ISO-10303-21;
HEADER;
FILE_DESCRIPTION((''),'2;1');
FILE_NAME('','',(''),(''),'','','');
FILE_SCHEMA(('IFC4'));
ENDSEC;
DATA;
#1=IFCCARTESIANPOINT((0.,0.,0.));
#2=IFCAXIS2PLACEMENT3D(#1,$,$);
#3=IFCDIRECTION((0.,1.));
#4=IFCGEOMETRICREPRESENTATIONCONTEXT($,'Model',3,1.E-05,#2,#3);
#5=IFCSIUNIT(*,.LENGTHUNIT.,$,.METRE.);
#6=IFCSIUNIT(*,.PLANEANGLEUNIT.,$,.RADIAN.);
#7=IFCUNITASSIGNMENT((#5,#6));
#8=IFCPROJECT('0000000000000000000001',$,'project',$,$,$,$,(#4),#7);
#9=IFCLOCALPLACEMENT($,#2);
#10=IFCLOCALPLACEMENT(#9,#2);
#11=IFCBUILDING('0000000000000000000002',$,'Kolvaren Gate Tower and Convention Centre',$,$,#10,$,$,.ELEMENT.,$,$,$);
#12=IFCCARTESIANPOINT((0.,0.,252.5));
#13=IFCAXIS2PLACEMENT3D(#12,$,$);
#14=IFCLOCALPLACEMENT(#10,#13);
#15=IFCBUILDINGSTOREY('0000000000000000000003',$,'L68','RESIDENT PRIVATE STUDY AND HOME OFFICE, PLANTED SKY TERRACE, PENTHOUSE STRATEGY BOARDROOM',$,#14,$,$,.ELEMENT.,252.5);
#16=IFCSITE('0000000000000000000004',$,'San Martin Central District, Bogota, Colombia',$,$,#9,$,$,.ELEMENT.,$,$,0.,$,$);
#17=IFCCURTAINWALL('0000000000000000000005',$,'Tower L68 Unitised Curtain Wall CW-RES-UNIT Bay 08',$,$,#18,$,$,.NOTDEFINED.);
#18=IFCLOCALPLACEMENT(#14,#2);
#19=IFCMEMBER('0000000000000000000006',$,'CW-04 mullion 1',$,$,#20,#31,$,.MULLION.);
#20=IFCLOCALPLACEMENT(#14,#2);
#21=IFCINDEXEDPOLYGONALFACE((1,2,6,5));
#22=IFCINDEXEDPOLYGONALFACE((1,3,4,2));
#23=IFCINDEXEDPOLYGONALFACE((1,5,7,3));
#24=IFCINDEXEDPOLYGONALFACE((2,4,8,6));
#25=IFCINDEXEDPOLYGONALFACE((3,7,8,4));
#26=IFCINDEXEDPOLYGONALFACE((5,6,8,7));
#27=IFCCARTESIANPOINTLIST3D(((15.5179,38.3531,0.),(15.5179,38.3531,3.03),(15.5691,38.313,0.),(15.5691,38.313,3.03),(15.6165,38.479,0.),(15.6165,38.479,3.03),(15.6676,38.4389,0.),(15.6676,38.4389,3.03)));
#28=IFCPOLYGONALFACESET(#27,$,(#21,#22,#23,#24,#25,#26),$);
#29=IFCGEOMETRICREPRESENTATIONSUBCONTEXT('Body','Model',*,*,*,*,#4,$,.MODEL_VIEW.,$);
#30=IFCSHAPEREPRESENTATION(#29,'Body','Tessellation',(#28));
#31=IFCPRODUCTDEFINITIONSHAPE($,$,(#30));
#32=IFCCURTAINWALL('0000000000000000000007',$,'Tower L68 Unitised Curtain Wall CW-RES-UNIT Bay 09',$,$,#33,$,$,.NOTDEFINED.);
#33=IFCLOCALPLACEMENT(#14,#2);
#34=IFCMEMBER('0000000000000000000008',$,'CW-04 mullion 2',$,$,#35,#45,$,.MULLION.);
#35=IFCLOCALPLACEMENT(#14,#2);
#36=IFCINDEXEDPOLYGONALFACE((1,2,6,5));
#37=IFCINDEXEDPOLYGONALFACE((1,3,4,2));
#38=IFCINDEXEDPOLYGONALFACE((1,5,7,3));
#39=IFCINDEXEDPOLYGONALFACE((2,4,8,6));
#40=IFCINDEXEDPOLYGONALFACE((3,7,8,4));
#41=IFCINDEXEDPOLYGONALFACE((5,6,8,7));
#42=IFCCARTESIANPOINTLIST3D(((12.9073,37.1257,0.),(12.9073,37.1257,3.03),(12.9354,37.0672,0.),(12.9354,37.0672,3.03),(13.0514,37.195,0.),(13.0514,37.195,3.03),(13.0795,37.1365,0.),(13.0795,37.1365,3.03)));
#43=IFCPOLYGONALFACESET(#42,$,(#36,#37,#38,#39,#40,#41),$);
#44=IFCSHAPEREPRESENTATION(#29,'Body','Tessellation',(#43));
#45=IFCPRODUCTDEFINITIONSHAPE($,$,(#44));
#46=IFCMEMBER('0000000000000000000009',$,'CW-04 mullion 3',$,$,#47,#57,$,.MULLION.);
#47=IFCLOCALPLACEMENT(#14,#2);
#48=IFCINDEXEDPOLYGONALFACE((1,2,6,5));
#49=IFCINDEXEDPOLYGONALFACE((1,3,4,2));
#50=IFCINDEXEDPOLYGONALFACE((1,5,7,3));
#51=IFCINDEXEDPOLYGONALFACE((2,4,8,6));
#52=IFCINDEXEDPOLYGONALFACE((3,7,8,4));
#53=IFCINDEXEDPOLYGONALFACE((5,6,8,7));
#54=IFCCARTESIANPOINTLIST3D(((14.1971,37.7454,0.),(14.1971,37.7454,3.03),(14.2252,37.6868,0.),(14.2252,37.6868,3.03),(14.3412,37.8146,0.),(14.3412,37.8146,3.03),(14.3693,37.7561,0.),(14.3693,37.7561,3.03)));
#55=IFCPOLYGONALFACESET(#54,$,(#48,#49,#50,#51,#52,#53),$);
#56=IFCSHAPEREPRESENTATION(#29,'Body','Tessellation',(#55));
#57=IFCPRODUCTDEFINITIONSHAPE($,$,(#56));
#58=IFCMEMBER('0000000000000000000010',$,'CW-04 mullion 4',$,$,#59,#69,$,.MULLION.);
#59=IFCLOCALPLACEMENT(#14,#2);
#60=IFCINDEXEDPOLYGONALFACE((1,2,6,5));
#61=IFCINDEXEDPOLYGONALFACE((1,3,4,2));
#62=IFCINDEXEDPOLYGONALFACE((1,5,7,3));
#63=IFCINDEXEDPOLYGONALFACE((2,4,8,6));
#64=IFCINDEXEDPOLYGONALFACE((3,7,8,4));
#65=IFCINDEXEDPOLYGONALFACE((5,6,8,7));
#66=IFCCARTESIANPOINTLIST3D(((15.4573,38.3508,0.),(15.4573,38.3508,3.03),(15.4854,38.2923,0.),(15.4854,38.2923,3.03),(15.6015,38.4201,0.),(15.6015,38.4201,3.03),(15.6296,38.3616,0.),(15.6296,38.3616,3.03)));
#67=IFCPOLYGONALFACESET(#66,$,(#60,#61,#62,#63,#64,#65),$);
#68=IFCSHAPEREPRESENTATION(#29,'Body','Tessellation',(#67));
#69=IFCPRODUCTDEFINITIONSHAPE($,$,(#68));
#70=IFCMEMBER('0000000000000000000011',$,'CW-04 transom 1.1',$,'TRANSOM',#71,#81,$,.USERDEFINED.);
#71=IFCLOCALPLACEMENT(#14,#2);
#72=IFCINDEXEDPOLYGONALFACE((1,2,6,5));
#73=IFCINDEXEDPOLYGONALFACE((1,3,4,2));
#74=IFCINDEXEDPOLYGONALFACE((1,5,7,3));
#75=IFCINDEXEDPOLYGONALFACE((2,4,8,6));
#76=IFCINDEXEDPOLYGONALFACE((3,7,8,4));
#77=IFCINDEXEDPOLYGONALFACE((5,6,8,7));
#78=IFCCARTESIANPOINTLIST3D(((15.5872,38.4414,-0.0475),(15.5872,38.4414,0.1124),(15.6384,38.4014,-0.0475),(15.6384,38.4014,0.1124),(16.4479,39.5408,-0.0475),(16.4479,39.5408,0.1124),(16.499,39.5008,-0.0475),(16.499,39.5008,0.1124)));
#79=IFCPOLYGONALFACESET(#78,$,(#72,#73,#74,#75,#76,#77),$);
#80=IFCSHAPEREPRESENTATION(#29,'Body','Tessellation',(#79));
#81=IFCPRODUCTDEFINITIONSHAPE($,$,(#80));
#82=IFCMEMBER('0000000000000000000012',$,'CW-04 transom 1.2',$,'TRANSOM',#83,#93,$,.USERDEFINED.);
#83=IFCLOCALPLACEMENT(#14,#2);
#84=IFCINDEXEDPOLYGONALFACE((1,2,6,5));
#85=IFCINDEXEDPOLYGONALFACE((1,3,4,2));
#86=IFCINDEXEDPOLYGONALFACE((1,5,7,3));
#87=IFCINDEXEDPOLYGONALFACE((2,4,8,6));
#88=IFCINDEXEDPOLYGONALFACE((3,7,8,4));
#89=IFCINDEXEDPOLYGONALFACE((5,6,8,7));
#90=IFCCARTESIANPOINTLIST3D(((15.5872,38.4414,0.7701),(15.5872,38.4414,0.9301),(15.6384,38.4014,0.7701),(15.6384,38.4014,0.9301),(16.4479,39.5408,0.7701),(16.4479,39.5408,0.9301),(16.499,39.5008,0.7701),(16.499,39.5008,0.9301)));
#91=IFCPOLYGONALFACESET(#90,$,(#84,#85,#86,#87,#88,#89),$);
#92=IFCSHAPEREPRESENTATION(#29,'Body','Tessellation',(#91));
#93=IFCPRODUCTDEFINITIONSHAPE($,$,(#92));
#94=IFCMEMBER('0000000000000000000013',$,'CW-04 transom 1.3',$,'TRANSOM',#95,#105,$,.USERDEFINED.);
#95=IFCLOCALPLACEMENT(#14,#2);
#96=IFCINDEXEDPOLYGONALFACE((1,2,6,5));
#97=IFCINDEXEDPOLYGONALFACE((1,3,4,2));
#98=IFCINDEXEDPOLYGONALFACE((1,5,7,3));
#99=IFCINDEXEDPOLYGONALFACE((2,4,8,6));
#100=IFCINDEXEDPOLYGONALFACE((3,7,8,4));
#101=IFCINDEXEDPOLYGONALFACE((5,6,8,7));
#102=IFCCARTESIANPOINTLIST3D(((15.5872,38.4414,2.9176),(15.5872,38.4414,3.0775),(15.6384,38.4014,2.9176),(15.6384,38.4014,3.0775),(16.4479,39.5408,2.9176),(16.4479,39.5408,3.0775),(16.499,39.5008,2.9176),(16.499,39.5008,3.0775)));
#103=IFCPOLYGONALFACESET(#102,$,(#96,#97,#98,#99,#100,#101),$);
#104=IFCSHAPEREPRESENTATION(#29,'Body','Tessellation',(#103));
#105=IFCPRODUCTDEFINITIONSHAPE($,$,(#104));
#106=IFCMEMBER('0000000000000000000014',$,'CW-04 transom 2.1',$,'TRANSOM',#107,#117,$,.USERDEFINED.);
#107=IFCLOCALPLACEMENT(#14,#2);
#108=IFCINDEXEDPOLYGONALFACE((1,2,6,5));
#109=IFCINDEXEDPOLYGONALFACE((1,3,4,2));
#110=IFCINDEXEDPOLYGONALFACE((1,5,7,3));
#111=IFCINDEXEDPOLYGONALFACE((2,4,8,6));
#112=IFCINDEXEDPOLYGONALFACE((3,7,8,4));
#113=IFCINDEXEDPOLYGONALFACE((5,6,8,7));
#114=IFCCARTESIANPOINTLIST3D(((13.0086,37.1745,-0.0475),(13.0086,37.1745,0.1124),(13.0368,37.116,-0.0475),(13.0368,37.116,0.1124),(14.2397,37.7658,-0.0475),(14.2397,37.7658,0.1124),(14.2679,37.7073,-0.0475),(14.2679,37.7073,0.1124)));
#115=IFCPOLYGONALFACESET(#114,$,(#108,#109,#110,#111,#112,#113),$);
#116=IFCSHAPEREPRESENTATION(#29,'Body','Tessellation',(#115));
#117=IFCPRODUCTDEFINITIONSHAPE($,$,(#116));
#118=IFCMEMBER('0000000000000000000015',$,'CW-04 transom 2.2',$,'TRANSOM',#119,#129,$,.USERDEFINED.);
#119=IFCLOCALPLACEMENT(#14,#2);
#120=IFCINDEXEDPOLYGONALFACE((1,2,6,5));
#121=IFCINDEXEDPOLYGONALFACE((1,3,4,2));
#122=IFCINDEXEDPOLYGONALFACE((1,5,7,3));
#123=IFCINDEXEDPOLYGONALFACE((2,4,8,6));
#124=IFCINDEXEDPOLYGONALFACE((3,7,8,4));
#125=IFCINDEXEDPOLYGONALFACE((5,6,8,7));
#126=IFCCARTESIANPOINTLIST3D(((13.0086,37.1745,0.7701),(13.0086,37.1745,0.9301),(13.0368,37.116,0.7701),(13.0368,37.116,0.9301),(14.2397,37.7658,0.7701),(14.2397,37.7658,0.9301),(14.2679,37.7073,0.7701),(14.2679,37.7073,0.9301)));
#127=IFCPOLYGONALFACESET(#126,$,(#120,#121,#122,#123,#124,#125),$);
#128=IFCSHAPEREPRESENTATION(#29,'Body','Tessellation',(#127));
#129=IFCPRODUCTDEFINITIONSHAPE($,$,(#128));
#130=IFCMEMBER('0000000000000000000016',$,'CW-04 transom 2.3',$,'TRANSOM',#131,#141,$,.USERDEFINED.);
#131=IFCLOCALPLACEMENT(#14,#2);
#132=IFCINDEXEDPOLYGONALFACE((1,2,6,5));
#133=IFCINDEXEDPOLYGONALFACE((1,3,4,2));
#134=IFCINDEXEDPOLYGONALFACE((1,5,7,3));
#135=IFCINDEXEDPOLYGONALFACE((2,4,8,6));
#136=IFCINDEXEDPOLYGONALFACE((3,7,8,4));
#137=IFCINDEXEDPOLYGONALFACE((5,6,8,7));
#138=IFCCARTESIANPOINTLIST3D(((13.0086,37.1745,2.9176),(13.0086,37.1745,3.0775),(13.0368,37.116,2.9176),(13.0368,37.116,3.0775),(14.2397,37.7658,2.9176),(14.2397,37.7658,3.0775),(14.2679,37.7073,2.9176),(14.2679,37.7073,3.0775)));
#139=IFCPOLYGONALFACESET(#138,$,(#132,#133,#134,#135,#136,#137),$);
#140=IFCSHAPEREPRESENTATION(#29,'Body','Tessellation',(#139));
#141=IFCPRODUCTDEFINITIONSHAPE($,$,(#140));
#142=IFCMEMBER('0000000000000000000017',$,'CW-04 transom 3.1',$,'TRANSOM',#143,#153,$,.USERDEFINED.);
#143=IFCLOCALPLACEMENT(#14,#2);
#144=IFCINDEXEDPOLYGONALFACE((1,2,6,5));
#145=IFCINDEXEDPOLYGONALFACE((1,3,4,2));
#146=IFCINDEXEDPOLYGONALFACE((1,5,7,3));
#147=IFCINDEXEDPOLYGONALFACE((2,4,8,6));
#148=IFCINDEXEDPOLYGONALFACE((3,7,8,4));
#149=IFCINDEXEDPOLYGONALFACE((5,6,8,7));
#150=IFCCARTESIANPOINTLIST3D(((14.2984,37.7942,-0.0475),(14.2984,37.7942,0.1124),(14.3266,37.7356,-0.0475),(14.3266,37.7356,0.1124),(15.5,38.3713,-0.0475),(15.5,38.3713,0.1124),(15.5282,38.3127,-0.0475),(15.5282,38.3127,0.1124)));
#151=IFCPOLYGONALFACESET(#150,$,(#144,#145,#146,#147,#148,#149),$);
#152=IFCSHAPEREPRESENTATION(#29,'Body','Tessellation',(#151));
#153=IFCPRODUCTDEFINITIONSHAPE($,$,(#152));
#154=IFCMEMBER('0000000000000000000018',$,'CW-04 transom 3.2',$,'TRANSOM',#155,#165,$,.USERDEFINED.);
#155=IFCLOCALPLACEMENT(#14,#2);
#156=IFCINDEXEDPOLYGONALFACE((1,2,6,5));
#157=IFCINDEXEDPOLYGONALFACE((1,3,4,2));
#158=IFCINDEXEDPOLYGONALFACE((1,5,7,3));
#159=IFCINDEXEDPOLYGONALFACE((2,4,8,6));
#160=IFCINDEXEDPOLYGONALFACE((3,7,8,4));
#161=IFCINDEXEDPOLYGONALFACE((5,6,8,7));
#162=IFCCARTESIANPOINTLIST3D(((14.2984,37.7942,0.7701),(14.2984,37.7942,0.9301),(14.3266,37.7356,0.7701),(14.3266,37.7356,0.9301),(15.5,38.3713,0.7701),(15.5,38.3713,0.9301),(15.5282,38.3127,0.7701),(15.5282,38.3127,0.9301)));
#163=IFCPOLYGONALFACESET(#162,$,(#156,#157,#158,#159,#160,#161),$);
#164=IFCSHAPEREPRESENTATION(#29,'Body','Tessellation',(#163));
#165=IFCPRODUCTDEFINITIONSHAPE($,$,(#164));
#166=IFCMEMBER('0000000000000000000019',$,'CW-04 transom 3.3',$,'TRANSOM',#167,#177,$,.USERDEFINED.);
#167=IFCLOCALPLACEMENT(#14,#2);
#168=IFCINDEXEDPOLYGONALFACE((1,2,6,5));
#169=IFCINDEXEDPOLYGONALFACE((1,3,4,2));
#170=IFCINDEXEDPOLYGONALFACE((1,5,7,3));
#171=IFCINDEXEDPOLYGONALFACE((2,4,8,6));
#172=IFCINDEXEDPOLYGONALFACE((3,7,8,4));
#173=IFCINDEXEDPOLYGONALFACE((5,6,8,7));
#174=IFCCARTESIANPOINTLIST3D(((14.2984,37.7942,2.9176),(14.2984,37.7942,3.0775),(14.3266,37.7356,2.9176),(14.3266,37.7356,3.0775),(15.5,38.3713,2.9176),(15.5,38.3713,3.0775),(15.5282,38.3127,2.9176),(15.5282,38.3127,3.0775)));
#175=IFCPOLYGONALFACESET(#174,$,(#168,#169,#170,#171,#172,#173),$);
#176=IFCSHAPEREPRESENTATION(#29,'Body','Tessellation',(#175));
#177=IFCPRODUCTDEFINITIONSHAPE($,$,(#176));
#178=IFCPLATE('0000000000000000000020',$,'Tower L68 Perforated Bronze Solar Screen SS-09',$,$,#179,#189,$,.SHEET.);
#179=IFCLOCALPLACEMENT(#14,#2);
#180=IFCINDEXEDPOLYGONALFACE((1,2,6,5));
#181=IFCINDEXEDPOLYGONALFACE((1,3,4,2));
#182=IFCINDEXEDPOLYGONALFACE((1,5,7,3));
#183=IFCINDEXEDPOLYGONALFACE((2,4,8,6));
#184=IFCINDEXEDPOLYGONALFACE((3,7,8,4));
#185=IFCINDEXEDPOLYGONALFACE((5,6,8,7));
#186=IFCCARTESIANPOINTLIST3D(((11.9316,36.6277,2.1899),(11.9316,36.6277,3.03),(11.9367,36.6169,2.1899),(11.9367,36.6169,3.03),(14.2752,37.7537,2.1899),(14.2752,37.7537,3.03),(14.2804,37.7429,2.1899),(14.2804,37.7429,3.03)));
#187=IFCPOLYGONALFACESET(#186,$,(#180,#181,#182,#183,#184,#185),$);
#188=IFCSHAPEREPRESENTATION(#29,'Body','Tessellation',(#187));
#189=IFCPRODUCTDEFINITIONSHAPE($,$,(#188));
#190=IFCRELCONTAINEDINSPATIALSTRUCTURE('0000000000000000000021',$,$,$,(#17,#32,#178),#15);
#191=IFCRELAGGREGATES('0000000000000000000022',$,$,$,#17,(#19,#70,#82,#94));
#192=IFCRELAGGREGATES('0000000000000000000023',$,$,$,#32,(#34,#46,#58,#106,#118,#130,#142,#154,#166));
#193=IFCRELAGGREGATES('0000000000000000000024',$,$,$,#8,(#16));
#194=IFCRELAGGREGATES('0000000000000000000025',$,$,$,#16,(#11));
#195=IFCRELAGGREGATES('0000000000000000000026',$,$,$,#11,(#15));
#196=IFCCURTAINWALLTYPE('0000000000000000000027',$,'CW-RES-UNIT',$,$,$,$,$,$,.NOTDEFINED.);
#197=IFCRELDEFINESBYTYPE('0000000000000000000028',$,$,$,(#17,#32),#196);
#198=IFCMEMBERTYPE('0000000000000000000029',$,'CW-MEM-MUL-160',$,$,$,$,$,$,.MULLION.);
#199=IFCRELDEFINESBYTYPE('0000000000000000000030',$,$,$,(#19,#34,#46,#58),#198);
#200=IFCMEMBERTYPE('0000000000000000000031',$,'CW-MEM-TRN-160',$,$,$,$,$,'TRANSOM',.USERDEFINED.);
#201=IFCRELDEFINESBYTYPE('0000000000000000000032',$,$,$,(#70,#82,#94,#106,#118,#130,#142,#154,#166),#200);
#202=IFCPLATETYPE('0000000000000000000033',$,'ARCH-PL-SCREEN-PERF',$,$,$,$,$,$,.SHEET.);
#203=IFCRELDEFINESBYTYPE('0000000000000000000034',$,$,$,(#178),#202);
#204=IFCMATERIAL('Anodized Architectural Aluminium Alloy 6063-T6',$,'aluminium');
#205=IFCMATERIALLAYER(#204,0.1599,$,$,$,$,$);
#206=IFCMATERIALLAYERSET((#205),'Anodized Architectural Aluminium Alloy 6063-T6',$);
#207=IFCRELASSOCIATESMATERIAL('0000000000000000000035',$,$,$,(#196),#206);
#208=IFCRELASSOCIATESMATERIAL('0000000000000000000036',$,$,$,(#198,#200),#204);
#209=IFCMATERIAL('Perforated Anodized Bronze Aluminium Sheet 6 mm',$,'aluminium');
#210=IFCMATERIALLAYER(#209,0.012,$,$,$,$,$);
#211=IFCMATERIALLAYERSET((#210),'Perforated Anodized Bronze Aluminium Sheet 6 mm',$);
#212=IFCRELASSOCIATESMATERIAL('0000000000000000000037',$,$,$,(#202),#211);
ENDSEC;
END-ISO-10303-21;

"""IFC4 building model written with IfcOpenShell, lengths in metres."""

from ifc_helpers import new_model, si_unit, direction, frame, origin, origin_2d, place, context, subcontext, project, spatial, rectangle, extrude, material, layer, layer_set, material_profile, profile_set, type_object, element, aggregate, save


model = new_model("IFC4")

# Units and contexts
model_context = context("Model", 3, precision=1e-05, world=origin(), true_north=direction((0.0, 1.0)))
body_context = subcontext(model_context, "Body", "Model", "MODEL_VIEW")
ifc_project = project(units=[si_unit("LENGTHUNIT", "METRE"), si_unit("PLANEANGLEUNIT", "RADIAN")], contexts=[model_context])

# Site, building, storey
site_placement = place(None, origin())
site = spatial("IfcSite", under=ifc_project, at=site_placement, Name="San Martin Central District, Bogota, Colombia", CompositionType="ELEMENT", RefElevation=0.0)
building_placement = place(site_placement, origin())
building = spatial("IfcBuilding", under=site, at=building_placement, Name="Kolvaren Gate Tower and Convention Centre", CompositionType="ELEMENT")
storey_placement = place(building_placement, frame((0.0, 0.0, 252.5)))
storey = spatial("IfcBuildingStorey", under=building, at=storey_placement, Name="L68", Description="RESIDENT PRIVATE STUDY AND HOME OFFICE, PLANTED SKY TERRACE, PENTHOUSE STRATEGY BOARDROOM", CompositionType="ELEMENT", Elevation=252.5)

# Curtain wall, member
ifc_material_1 = material(Name="Anodized Architectural Aluminium Alloy 6063-T6", Category="aluminium")
ifc_layer_1 = layer(ifc_material_1, 0.1599)
ifc_layer_set_1 = layer_set([ifc_layer_1], Name="Anodized Architectural Aluminium Alloy 6063-T6")
curtain_wall_type = type_object("IfcCurtainWallType", Name="CW-RES-UNIT", PredefinedType="NOTDEFINED", material=ifc_layer_set_1)
curtain_wall_1_placement = place(storey_placement, origin())
curtain_wall_1 = element("IfcCurtainWall", 1, at=curtain_wall_1_placement, inside=storey, type_object=curtain_wall_type, Name="Tower L68 Unitised Curtain Wall CW-RES-UNIT Bay 08", PredefinedType="NOTDEFINED")
ifc_material_profile_1 = material_profile(ifc_material_1, rectangle(XDim=0.0649, YDim=0.1599, at=origin_2d()), Name="CW-MEM-MUL-160")
ifc_profile_set_1 = profile_set([ifc_material_profile_1], Name="Anodized Architectural Aluminium Alloy 6063-T6")
member_type_1 = type_object("IfcMemberType", Name="CW-MEM-MUL-160", PredefinedType="MULLION", material=ifc_profile_set_1)
member_1_placement = place(storey_placement, frame((15.5928, 38.396, 0.0), z_axis=(0.0, 0.0, 1.0), x_axis=(-0.787414, 0.616425, 0.0)))
member_1 = element("IfcMember", 2, at=member_1_placement, type_object=member_type_1, Name="CW-04 mullion 1", PredefinedType="MULLION", context=body_context, shape_type="SweptSolid", body=[
    extrude(rectangle(XDim=0.0649, YDim=0.1599, at=origin_2d()), origin(), (0.0, 0.0, 1.0), 3.03),
])

# Curtain wall, members
curtain_wall_2_placement = place(storey_placement, origin())
curtain_wall_2 = element("IfcCurtainWall", 3, at=curtain_wall_2_placement, inside=storey, type_object=curtain_wall_type, Name="Tower L68 Unitised Curtain Wall CW-RES-UNIT Bay 09", PredefinedType="NOTDEFINED")
member_2_placement = place(storey_placement, frame((12.9934, 37.1311, 0.0), z_axis=(0.0, 0.0, 1.0), x_axis=(-0.433067, 0.901362, 0.0)))
member_2 = element("IfcMember", 4, at=member_2_placement, type_object=member_type_1, Name="CW-04 mullion 2", PredefinedType="MULLION", context=body_context, shape_type="SweptSolid", body=[
    extrude(rectangle(XDim=0.0649, YDim=0.1599, at=origin_2d()), origin(), (0.0, 0.0, 1.0), 3.03),
])
member_3_placement = place(storey_placement, frame((14.2832, 37.7507, 0.0), z_axis=(0.0, 0.0, 1.0), x_axis=(-0.433067, 0.901362, 0.0)))
member_3 = element("IfcMember", 5, at=member_3_placement, type_object=member_type_1, Name="CW-04 mullion 3", PredefinedType="MULLION", context=body_context, shape_type="SweptSolid", body=[
    extrude(rectangle(XDim=0.0649, YDim=0.1599, at=origin_2d()), origin(), (0.0, 0.0, 1.0), 3.03),
])
member_4_placement = place(storey_placement, frame((15.5435, 38.3562, 0.0), z_axis=(0.0, 0.0, 1.0), x_axis=(-0.433067, 0.901362, 0.0)))
member_4 = element("IfcMember", 6, at=member_4_placement, type_object=member_type_1, Name="CW-04 mullion 4", PredefinedType="MULLION", context=body_context, shape_type="SweptSolid", body=[
    extrude(rectangle(XDim=0.0649, YDim=0.1599, at=origin_2d()), origin(), (0.0, 0.0, 1.0), 3.03),
])

# Members
ifc_material_profile_2 = material_profile(ifc_material_1, rectangle(XDim=0.0649, YDim=0.1599, at=origin_2d()), Name="CW-MEM-TRN-160")
ifc_profile_set_2 = profile_set([ifc_material_profile_2], Name="Anodized Architectural Aluminium Alloy 6063-T6")
member_type_2 = type_object("IfcMemberType", Name="CW-MEM-TRN-160", ElementType="TRANSOM", PredefinedType="USERDEFINED", material=ifc_profile_set_2)
member_5_placement = place(storey_placement, frame((15.6128, 38.4214, 0.0325), z_axis=(0.616407, 0.787428, 0.0), x_axis=(-0.787428, 0.616407, 0.0)))
member_5 = element("IfcMember", 7, at=member_5_placement, type_object=member_type_2, Name="CW-04 transom 1.1", ObjectType="TRANSOM", PredefinedType="USERDEFINED", context=body_context, shape_type="SweptSolid", body=[
    extrude(rectangle(XDim=0.0649, YDim=0.1599, at=origin_2d()), origin(), (0.0, 0.0, 1.0), 1.3962),
])
member_6_placement = place(storey_placement, frame((15.6128, 38.4214, 0.8501), z_axis=(0.616407, 0.787428, 0.0), x_axis=(-0.787428, 0.616407, 0.0)))
member_6 = element("IfcMember", 8, at=member_6_placement, type_object=member_type_2, Name="CW-04 transom 1.2", ObjectType="TRANSOM", PredefinedType="USERDEFINED", context=body_context, shape_type="SweptSolid", body=[
    extrude(rectangle(XDim=0.0649, YDim=0.1599, at=origin_2d()), origin(), (0.0, 0.0, 1.0), 1.3962),
])
member_7_placement = place(storey_placement, frame((15.6128, 38.4214, 2.9976), z_axis=(0.616407, 0.787428, 0.0), x_axis=(-0.787428, 0.616407, 0.0)))
member_7 = element("IfcMember", 9, at=member_7_placement, type_object=member_type_2, Name="CW-04 transom 1.3", ObjectType="TRANSOM", PredefinedType="USERDEFINED", context=body_context, shape_type="SweptSolid", body=[
    extrude(rectangle(XDim=0.0649, YDim=0.1599, at=origin_2d()), origin(), (0.0, 0.0, 1.0), 1.3962),
])
member_8_placement = place(storey_placement, frame((13.0227, 37.1453, 0.0325), z_axis=(0.901428, 0.432929, 0.0), x_axis=(-0.432929, 0.901428, 0.0)))
member_8 = element("IfcMember", 10, at=member_8_placement, type_object=member_type_2, Name="CW-04 transom 2.1", ObjectType="TRANSOM", PredefinedType="USERDEFINED", context=body_context, shape_type="SweptSolid", body=[
    extrude(rectangle(XDim=0.0649, YDim=0.1599, at=origin_2d()), origin(), (0.0, 0.0, 1.0), 1.3657),
])
member_9_placement = place(storey_placement, frame((13.0227, 37.1453, 0.8501), z_axis=(0.901428, 0.432929, 0.0), x_axis=(-0.432929, 0.901428, 0.0)))
member_9 = element("IfcMember", 11, at=member_9_placement, type_object=member_type_2, Name="CW-04 transom 2.2", ObjectType="TRANSOM", PredefinedType="USERDEFINED", context=body_context, shape_type="SweptSolid", body=[
    extrude(rectangle(XDim=0.0649, YDim=0.1599, at=origin_2d()), origin(), (0.0, 0.0, 1.0), 1.3657),
])
member_10_placement = place(storey_placement, frame((13.0227, 37.1453, 2.9976), z_axis=(0.901428, 0.432929, 0.0), x_axis=(-0.432929, 0.901428, 0.0)))
member_10 = element("IfcMember", 12, at=member_10_placement, type_object=member_type_2, Name="CW-04 transom 2.3", ObjectType="TRANSOM", PredefinedType="USERDEFINED", context=body_context, shape_type="SweptSolid", body=[
    extrude(rectangle(XDim=0.0649, YDim=0.1599, at=origin_2d()), origin(), (0.0, 0.0, 1.0), 1.3657),
])
member_11_placement = place(storey_placement, frame((14.3125, 37.7649, 0.0325), z_axis=(0.90142, 0.432945, 0.0), x_axis=(-0.432945, 0.90142, 0.0)))
member_11 = element("IfcMember", 13, at=member_11_placement, type_object=member_type_2, Name="CW-04 transom 3.1", ObjectType="TRANSOM", PredefinedType="USERDEFINED", context=body_context, shape_type="SweptSolid", body=[
    extrude(rectangle(XDim=0.0649, YDim=0.1599, at=origin_2d()), origin(), (0.0, 0.0, 1.0), 1.333),
])
member_12_placement = place(storey_placement, frame((14.3125, 37.7649, 0.8501), z_axis=(0.90142, 0.432945, 0.0), x_axis=(-0.432945, 0.90142, 0.0)))
member_12 = element("IfcMember", 14, at=member_12_placement, type_object=member_type_2, Name="CW-04 transom 3.2", ObjectType="TRANSOM", PredefinedType="USERDEFINED", context=body_context, shape_type="SweptSolid", body=[
    extrude(rectangle(XDim=0.0649, YDim=0.1599, at=origin_2d()), origin(), (0.0, 0.0, 1.0), 1.333),
])
member_13_placement = place(storey_placement, frame((14.3125, 37.7649, 2.9976), z_axis=(0.90142, 0.432945, 0.0), x_axis=(-0.432945, 0.90142, 0.0)))
member_13 = element("IfcMember", 15, at=member_13_placement, type_object=member_type_2, Name="CW-04 transom 3.3", ObjectType="TRANSOM", PredefinedType="USERDEFINED", context=body_context, shape_type="SweptSolid", body=[
    extrude(rectangle(XDim=0.0649, YDim=0.1599, at=origin_2d()), origin(), (0.0, 0.0, 1.0), 1.333),
])

# Plate
ifc_material_2 = material(Name="Perforated Anodized Bronze Aluminium Sheet 6 mm", Category="aluminium")
ifc_layer_2 = layer(ifc_material_2, 0.012)
ifc_layer_set_2 = layer_set([ifc_layer_2], Name="Perforated Anodized Bronze Aluminium Sheet 6 mm")
plate_type_1 = type_object("IfcPlateType", Name="ARCH-PL-SCREEN-PERF", PredefinedType="SHEET", material=ifc_layer_set_2)
plate_1_placement = place(storey_placement, frame((13.106, 37.1853, 2.1899), z_axis=(0.0, 0.0, 1.0), x_axis=(0.901358, 0.433076, 0.0)))
element("IfcPlate", 16, at=plate_1_placement, inside=storey, type_object=plate_type_1, Name="Tower L68 Perforated Bronze Solar Screen SS-09", PredefinedType="SHEET", context=body_context, shape_type="SweptSolid", body=[
    extrude(rectangle(XDim=2.6001, YDim=0.012, at=origin_2d()), origin(), (0.0, 0.0, 1.0), 0.8401),
])
aggregate(curtain_wall_1, [member_1, member_5, member_6, member_7])
aggregate(curtain_wall_2, [member_2, member_3, member_4, member_8, member_9, member_10, member_11, member_12, member_13])

save(model, "model.ifc")
